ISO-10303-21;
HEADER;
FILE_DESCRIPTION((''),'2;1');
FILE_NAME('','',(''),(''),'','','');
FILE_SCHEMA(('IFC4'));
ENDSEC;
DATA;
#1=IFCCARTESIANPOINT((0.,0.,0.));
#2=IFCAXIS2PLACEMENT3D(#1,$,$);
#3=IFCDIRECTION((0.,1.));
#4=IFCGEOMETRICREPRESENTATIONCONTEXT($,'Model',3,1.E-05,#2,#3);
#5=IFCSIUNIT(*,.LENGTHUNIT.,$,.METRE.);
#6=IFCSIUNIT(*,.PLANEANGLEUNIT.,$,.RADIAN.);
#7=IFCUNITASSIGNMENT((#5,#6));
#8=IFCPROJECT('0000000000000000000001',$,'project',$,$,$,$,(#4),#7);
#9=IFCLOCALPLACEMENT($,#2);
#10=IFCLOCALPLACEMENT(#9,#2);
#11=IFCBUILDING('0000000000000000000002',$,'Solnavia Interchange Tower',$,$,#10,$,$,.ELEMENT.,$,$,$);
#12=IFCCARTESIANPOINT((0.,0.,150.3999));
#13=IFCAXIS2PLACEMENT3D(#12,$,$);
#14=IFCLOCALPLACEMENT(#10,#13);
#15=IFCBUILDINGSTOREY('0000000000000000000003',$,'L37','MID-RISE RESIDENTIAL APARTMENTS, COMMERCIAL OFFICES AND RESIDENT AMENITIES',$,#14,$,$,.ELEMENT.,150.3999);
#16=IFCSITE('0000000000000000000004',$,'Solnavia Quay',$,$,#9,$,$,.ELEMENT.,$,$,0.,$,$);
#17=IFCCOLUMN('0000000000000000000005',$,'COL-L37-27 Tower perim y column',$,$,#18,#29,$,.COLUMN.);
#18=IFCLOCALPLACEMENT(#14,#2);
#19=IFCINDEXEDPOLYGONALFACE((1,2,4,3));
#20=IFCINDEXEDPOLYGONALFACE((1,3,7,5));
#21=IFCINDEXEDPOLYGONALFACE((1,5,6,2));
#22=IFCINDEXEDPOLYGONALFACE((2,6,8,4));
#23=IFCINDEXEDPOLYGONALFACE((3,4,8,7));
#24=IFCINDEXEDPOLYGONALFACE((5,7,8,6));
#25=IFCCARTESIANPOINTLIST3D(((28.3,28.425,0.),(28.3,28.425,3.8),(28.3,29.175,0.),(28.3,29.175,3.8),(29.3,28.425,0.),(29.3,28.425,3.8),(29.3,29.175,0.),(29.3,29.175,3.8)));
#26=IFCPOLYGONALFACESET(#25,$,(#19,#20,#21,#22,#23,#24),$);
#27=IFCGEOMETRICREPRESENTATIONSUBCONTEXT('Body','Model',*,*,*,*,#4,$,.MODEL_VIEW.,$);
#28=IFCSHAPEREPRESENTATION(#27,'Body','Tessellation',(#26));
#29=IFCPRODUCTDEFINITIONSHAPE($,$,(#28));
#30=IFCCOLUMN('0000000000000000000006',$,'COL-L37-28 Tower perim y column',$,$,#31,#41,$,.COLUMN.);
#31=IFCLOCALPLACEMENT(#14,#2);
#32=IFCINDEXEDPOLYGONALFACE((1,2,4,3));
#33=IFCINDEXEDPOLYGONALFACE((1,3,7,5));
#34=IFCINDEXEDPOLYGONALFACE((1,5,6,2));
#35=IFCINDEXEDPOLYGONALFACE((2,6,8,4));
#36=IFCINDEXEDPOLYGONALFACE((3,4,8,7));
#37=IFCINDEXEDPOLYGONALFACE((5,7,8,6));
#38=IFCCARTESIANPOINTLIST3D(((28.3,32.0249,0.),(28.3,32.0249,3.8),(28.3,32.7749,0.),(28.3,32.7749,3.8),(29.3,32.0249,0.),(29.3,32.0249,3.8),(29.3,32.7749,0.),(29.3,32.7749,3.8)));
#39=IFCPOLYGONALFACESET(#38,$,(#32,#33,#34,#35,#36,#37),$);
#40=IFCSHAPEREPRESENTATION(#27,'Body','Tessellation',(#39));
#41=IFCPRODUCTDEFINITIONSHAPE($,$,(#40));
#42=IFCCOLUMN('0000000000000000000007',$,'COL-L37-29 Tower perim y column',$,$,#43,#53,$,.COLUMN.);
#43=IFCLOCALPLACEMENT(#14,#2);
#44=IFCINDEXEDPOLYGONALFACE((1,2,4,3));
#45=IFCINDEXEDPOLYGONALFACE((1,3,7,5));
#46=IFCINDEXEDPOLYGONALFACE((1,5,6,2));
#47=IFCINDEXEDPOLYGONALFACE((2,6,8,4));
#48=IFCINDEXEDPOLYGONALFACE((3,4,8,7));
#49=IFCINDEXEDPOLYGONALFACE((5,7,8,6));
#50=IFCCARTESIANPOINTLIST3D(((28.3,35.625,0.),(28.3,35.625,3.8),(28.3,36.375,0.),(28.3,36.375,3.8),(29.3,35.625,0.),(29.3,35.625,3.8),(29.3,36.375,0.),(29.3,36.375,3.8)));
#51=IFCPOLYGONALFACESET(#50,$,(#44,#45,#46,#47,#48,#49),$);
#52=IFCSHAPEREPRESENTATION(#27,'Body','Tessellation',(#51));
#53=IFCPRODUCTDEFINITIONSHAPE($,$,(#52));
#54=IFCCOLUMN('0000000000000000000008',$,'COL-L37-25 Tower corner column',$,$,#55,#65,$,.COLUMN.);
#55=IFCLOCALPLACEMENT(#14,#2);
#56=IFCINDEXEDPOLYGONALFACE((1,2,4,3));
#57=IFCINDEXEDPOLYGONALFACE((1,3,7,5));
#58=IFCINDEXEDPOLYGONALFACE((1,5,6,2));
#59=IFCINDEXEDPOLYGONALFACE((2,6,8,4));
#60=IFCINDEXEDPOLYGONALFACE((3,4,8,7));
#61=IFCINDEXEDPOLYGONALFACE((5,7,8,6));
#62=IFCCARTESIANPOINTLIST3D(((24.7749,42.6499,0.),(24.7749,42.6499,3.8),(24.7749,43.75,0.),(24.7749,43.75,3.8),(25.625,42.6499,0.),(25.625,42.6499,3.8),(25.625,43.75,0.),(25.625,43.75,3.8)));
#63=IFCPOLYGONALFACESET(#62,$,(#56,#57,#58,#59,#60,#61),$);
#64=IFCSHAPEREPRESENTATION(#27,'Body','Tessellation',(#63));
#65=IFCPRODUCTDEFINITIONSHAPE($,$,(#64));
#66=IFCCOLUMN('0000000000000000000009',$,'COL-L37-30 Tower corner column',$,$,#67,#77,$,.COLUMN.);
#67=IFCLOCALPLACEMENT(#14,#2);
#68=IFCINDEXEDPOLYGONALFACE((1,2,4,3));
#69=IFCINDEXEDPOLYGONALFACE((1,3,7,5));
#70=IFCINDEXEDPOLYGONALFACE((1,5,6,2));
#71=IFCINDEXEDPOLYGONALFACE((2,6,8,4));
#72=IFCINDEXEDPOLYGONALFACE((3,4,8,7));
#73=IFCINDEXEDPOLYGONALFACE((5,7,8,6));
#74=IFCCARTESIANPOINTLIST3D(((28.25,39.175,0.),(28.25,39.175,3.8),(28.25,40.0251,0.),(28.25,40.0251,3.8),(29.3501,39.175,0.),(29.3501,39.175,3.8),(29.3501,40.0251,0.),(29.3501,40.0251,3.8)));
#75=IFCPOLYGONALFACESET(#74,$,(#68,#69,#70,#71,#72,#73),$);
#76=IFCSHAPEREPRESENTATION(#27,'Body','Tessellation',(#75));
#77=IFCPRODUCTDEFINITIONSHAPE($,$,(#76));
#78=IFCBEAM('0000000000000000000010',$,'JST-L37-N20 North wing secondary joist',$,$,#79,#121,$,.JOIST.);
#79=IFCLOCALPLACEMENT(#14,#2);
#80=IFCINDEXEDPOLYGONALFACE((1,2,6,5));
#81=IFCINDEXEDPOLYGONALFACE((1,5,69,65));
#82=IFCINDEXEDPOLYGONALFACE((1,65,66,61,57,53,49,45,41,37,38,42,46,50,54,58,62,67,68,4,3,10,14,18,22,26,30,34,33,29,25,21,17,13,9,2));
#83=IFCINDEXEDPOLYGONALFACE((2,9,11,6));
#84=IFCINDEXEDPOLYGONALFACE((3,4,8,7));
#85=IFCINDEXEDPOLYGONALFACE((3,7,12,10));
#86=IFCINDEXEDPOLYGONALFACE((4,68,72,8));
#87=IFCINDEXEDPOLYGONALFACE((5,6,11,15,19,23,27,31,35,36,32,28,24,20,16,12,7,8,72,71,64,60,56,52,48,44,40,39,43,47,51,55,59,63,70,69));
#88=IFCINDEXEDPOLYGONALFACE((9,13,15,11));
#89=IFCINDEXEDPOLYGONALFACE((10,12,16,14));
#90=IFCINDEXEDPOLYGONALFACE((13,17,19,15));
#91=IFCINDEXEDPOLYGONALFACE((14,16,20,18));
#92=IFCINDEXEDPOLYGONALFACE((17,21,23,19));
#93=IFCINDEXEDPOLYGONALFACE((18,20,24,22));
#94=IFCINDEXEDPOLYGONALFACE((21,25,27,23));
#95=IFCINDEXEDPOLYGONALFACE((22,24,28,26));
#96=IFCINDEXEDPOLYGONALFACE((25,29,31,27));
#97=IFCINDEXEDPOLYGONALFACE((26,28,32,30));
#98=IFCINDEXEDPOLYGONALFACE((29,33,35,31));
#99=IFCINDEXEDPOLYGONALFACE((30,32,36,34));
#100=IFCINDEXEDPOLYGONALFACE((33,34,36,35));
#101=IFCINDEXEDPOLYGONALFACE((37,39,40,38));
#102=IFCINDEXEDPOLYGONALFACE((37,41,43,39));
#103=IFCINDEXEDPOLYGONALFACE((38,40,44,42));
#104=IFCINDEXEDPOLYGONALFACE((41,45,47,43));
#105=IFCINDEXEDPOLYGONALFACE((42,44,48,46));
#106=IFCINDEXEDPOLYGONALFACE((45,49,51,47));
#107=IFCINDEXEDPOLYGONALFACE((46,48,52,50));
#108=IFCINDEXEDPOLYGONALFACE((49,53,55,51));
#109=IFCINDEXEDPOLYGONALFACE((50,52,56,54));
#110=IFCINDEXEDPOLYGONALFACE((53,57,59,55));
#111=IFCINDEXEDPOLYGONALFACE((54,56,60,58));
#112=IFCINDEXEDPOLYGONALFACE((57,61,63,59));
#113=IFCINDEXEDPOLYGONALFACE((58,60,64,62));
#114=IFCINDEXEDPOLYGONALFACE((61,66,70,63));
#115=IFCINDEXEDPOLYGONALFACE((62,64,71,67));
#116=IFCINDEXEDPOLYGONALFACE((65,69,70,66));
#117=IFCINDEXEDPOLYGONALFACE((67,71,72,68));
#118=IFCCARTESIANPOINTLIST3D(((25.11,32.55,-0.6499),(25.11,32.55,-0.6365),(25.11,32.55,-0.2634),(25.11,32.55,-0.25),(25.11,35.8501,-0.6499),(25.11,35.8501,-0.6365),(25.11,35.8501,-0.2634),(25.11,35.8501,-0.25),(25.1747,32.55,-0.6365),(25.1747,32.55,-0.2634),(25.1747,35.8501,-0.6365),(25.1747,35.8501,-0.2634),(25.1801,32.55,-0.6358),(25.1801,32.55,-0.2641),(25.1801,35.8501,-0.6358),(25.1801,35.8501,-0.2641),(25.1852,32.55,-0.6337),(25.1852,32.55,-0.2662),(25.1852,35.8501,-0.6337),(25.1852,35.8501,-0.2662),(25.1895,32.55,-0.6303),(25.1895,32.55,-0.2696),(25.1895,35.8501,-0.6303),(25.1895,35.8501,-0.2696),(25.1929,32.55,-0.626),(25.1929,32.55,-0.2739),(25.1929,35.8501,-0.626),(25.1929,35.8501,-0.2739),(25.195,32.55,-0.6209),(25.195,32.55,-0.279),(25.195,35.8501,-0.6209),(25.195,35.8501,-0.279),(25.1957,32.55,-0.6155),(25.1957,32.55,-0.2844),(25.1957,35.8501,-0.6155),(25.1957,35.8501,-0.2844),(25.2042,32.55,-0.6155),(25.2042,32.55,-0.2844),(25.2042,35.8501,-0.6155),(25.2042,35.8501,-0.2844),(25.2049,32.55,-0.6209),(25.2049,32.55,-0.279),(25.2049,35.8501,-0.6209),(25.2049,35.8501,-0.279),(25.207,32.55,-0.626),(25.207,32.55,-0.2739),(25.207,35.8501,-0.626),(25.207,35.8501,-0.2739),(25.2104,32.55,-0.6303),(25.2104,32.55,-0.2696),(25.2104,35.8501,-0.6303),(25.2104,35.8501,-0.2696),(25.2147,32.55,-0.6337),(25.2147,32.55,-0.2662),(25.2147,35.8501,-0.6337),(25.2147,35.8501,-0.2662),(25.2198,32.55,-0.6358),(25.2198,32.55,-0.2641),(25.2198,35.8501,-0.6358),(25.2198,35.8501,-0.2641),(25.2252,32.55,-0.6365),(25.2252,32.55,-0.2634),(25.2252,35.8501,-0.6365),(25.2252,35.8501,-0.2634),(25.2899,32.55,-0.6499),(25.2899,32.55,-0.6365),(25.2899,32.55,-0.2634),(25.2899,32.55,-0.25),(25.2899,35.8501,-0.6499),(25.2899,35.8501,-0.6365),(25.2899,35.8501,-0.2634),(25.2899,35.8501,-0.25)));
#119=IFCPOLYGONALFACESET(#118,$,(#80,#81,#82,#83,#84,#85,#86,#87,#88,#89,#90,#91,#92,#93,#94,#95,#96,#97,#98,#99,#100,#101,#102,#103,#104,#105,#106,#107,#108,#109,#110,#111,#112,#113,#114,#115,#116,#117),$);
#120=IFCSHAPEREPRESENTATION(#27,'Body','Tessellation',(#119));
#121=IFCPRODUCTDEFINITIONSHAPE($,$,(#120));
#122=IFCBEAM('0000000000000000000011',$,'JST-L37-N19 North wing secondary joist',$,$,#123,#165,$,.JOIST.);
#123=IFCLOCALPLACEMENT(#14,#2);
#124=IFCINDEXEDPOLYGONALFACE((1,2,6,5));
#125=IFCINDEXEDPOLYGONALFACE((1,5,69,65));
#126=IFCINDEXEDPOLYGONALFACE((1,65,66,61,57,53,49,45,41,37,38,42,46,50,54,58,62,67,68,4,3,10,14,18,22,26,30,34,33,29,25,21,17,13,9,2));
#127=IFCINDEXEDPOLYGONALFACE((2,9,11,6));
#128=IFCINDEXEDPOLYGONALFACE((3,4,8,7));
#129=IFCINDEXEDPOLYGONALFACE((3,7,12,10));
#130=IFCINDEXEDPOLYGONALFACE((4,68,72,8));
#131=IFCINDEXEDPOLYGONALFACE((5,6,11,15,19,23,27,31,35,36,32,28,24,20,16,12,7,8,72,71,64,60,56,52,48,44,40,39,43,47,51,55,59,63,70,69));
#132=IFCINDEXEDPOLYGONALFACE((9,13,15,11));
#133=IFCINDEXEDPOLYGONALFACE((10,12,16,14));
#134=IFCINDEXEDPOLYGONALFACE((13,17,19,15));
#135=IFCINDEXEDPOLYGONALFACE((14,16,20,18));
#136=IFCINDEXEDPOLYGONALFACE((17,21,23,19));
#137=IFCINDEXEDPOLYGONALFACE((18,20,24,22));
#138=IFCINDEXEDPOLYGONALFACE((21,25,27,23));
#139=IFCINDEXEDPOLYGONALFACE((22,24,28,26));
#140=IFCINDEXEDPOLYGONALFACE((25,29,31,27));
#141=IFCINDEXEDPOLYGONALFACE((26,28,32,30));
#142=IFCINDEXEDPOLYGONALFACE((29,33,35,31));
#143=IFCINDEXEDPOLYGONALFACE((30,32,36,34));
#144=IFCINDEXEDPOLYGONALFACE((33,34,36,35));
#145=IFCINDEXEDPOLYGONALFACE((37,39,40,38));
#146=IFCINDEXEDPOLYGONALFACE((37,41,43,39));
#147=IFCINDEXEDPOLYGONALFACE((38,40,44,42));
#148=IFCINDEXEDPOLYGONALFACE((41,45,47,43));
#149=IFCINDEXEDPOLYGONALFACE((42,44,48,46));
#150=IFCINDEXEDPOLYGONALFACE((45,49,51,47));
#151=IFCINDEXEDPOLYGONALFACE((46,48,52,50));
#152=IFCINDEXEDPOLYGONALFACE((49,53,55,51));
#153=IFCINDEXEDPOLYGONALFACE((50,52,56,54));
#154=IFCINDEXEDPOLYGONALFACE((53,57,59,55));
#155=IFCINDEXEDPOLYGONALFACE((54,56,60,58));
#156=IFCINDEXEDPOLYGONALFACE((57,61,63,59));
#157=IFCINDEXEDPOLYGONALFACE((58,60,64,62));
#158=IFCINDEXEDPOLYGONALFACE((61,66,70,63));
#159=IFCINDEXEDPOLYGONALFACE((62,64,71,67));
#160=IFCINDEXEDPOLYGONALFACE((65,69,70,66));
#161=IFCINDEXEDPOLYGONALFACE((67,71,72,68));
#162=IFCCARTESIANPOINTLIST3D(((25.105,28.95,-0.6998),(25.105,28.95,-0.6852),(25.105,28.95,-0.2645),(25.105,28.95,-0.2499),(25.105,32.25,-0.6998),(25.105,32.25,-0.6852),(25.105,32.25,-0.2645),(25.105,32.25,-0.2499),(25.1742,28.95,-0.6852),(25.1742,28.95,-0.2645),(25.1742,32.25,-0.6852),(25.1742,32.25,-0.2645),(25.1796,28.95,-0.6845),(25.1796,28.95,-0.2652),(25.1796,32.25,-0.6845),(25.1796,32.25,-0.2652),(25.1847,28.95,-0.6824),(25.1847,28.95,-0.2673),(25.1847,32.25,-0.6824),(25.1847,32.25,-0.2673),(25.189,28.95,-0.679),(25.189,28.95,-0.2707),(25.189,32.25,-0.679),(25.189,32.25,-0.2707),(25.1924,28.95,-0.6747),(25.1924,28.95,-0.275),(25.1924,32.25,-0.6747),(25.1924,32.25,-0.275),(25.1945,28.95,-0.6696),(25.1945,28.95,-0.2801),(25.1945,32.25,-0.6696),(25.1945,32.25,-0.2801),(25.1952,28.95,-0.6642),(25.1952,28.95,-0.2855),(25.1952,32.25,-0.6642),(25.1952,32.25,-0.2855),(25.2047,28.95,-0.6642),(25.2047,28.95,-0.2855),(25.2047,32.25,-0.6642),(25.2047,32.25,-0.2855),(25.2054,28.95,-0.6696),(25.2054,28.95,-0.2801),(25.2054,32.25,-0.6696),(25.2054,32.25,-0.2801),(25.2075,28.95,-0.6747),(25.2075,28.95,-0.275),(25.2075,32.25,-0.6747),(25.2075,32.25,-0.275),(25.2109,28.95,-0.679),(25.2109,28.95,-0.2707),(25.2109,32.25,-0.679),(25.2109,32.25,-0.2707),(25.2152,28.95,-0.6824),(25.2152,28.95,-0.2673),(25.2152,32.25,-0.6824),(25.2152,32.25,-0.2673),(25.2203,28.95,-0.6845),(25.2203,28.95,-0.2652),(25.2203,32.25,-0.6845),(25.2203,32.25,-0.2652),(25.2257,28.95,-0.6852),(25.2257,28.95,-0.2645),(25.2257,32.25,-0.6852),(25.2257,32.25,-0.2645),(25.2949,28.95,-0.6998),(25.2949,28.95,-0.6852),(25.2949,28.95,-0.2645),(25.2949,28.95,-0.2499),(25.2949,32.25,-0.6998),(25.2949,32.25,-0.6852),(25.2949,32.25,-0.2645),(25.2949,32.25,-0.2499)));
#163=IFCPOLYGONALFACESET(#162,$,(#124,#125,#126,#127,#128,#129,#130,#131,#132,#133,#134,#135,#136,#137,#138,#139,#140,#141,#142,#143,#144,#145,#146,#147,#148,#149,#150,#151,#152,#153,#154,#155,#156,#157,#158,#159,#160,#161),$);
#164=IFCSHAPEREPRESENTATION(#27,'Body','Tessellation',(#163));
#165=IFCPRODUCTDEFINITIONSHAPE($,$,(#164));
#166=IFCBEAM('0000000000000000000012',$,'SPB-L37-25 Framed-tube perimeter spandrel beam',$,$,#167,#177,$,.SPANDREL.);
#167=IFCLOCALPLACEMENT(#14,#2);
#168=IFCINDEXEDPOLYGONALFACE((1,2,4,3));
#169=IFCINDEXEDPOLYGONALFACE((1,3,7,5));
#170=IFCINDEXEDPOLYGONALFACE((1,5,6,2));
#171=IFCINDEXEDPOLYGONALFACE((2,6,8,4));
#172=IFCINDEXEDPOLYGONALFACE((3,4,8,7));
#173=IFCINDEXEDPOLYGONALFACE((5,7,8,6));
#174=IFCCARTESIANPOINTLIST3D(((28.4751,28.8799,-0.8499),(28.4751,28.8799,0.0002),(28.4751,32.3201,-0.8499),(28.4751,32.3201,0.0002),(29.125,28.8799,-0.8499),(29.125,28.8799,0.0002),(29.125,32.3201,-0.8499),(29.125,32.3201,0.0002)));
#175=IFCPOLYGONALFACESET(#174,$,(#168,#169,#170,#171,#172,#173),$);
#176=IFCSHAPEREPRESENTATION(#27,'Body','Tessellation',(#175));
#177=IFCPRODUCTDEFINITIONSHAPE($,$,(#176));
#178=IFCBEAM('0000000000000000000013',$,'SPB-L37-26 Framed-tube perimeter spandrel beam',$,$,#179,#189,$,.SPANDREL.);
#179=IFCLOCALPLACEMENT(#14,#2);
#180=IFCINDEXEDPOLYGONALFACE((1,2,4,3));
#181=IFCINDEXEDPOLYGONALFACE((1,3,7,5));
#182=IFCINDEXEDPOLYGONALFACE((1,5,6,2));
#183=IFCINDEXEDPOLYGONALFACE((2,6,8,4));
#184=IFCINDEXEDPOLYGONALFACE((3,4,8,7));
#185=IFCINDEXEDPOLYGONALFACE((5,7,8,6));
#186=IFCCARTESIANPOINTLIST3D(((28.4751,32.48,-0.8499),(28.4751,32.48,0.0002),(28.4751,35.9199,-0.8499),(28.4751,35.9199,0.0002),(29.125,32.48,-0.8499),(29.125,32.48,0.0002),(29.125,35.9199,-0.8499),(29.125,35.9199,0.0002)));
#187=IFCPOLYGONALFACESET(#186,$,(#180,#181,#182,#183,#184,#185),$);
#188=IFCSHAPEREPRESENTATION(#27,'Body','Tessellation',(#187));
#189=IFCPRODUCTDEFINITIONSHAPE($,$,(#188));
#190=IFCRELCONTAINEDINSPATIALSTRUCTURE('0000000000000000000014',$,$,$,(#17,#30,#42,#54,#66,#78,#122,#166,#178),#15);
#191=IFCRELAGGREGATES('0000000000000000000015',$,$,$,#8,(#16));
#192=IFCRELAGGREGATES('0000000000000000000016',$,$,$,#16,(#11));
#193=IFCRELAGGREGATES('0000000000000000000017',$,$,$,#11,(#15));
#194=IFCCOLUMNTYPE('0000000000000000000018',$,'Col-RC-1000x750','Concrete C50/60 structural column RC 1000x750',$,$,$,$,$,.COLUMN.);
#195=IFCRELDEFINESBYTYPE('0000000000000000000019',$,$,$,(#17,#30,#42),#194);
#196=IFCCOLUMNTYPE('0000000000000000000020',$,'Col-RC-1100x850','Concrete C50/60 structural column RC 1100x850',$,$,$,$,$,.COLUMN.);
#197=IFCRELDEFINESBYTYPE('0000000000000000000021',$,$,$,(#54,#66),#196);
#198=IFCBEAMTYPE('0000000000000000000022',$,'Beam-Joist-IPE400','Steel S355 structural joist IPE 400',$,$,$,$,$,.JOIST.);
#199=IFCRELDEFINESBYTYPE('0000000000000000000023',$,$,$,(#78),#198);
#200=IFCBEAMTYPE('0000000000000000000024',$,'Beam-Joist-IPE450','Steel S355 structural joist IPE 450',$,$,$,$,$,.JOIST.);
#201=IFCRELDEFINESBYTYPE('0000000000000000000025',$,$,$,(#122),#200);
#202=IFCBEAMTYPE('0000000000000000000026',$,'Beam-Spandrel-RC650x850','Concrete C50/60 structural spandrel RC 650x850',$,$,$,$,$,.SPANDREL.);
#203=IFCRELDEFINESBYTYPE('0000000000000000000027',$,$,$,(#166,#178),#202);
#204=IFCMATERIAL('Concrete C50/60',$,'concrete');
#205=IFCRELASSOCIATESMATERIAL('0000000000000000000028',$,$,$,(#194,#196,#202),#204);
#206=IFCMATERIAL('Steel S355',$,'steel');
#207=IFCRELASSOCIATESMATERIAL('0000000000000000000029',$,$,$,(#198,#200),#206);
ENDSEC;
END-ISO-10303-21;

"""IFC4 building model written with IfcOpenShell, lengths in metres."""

from ifc_helpers import new_model, si_unit, direction, frame, origin, origin_2d, place, context, subcontext, project, spatial, rectangle, i_section, extrude, material, material_profile, profile_set, type_object, element, save


model = new_model("IFC4")

# Units and contexts
model_context = context("Model", 3, precision=1e-05, world=origin(), true_north=direction((0.0, 1.0)))
body_context = subcontext(model_context, "Body", "Model", "MODEL_VIEW")
ifc_project = project(units=[si_unit("LENGTHUNIT", "METRE"), si_unit("PLANEANGLEUNIT", "RADIAN")], contexts=[model_context])

# Site, building, storey
site_placement = place(None, origin())
site = spatial("IfcSite", under=ifc_project, at=site_placement, Name="Solnavia Quay", CompositionType="ELEMENT", RefElevation=0.0)
building_placement = place(site_placement, origin())
building = spatial("IfcBuilding", under=site, at=building_placement, Name="Solnavia Interchange Tower", CompositionType="ELEMENT")
storey_placement = place(building_placement, frame((0.0, 0.0, 150.3999)))
storey = spatial("IfcBuildingStorey", under=building, at=storey_placement, Name="L37", Description="MID-RISE RESIDENTIAL APARTMENTS, COMMERCIAL OFFICES AND RESIDENT AMENITIES", CompositionType="ELEMENT", Elevation=150.3999)

# Columns
ifc_material_1 = material(Name="Concrete C50/60", Category="concrete")
ifc_material_profile_1 = material_profile(ifc_material_1, rectangle(XDim=0.75, YDim=1.0, at=origin_2d()), Name="RC 1000x750")
ifc_profile_set_1 = profile_set([ifc_material_profile_1], Name="Concrete C50/60")
column_type_1 = type_object("IfcColumnType", Name="Col-RC-1000x750", Description="Concrete C50/60 structural column RC 1000x750", PredefinedType="COLUMN", material=ifc_profile_set_1)
for number, where, z_axis, x_axis, name in (
    (1, (28.8, 28.8, 0.0), (0.0, 0.0, 1.0), (0.0, 1.0, 0.0), "COL-L37-27 Tower perim y column"),
    (2, (28.8, 32.3999, 0.0), (0.0, 0.0, 1.0), (0.0, 1.0, 0.0), "COL-L37-28 Tower perim y column"),
    (3, (28.8, 36.0, 0.0), (0.0, 0.0, 1.0), (0.0, 1.0, 0.0), "COL-L37-29 Tower perim y column"),
):
    element("IfcColumn", number, at=place(storey_placement, frame(where, z_axis=z_axis, x_axis=x_axis)), inside=storey, type_object=column_type_1, Name=name, PredefinedType="COLUMN", context=body_context, shape_type="SweptSolid", body=[
        extrude(rectangle(XDim=0.75, YDim=1.0, at=origin_2d()), origin(), (0.0, 0.0, 1.0), 3.8),
    ])
ifc_material_profile_2 = material_profile(ifc_material_1, rectangle(XDim=0.8501, YDim=1.1001, at=origin_2d()), Name="RC 1100x850")
ifc_profile_set_2 = profile_set([ifc_material_profile_2], Name="Concrete C50/60")
column_type_2 = type_object("IfcColumnType", Name="Col-RC-1100x850", Description="Concrete C50/60 structural column RC 1100x850", PredefinedType="COLUMN", material=ifc_profile_set_2)
for number, where, z_axis, x_axis, name in (
    (4, (25.2, 43.2, 0.0), (0.0, 0.0, 1.0), (1.0, 0.0, 0.0), "COL-L37-25 Tower corner column"),
    (5, (28.8, 39.6001, 0.0), (0.0, 0.0, 1.0), (0.0, 1.0, 0.0), "COL-L37-30 Tower corner column"),
):
    element("IfcColumn", number, at=place(storey_placement, frame(where, z_axis=z_axis, x_axis=x_axis)), inside=storey, type_object=column_type_2, Name=name, PredefinedType="COLUMN", context=body_context, shape_type="SweptSolid", body=[
        extrude(rectangle(XDim=0.8501, YDim=1.1001, at=origin_2d()), origin(), (0.0, 0.0, 1.0), 3.8),
    ])

# Beams
ifc_material_2 = material(Name="Steel S355", Category="steel")
ifc_material_profile_3 = material_profile(ifc_material_2, i_section(OverallWidth=0.1799, OverallDepth=0.3999, WebThickness=0.0085, FlangeThickness=0.0134, FilletRadius=0.021, at=origin_2d()), Name="IPE 400")
ifc_profile_set_3 = profile_set([ifc_material_profile_3], Name="Steel S355")
beam_type_1 = type_object("IfcBeamType", Name="Beam-Joist-IPE400", Description="Steel S355 structural joist IPE 400", PredefinedType="JOIST", material=ifc_profile_set_3)
beam_1_placement = place(storey_placement, frame((25.2, 32.55, -0.45), z_axis=(0.0, 1.0, 0.0), x_axis=(-1.0, 0.0, 0.0)))
element("IfcBeam", 6, at=beam_1_placement, inside=storey, type_object=beam_type_1, Name="JST-L37-N20 North wing secondary joist", PredefinedType="JOIST", context=body_context, shape_type="SweptSolid", body=[
    extrude(i_section(OverallWidth=0.1799, OverallDepth=0.3999, WebThickness=0.0085, FlangeThickness=0.0134, FilletRadius=0.021, at=origin_2d()), origin(), (0.0, 0.0, 1.0), 3.3),
])
ifc_material_profile_4 = material_profile(ifc_material_2, i_section(OverallWidth=0.1899, OverallDepth=0.45, WebThickness=0.0095, FlangeThickness=0.0146, FilletRadius=0.021, at=origin_2d()), Name="IPE 450")
ifc_profile_set_4 = profile_set([ifc_material_profile_4], Name="Steel S355")
beam_type_2 = type_object("IfcBeamType", Name="Beam-Joist-IPE450", Description="Steel S355 structural joist IPE 450", PredefinedType="JOIST", material=ifc_profile_set_4)
beam_2_placement = place(storey_placement, frame((25.2, 28.95, -0.4749), z_axis=(0.0, 1.0, 0.0), x_axis=(-1.0, 0.0, 0.0)))
element("IfcBeam", 7, at=beam_2_placement, inside=storey, type_object=beam_type_2, Name="JST-L37-N19 North wing secondary joist", PredefinedType="JOIST", context=body_context, shape_type="SweptSolid", body=[
    extrude(i_section(OverallWidth=0.1899, OverallDepth=0.45, WebThickness=0.0095, FlangeThickness=0.0146, FilletRadius=0.021, at=origin_2d()), origin(), (0.0, 0.0, 1.0), 3.3),
])
ifc_material_profile_5 = material_profile(ifc_material_1, rectangle(XDim=0.6499, YDim=0.8501, at=origin_2d()), Name="RC 650x850")
ifc_profile_set_5 = profile_set([ifc_material_profile_5], Name="Concrete C50/60")
beam_type_3 = type_object("IfcBeamType", Name="Beam-Spandrel-RC650x850", Description="Concrete C50/60 structural spandrel RC 650x850", PredefinedType="SPANDREL", material=ifc_profile_set_5)
beam_3_placement = place(storey_placement, frame((28.8, 28.8799, -0.4248), z_axis=(0.0, 1.0, 0.0), x_axis=(-1.0, 0.0, 0.0)))
element("IfcBeam", 8, at=beam_3_placement, inside=storey, type_object=beam_type_3, Name="SPB-L37-25 Framed-tube perimeter spandrel beam", PredefinedType="SPANDREL", context=body_context, shape_type="SweptSolid", body=[
    extrude(rectangle(XDim=0.6499, YDim=0.8501, at=origin_2d()), origin(), (0.0, 0.0, 1.0), 3.4402),
])
for number, where, z_axis, x_axis, name in (
    (9, (28.8, 32.48, -0.4248), (0.0, 1.0, 0.0), (-1.0, 0.0, 0.0), "SPB-L37-26 Framed-tube perimeter spandrel beam"),
):
    element("IfcBeam", number, at=place(storey_placement, frame(where, z_axis=z_axis, x_axis=x_axis)), inside=storey, type_object=beam_type_3, Name=name, PredefinedType="SPANDREL", context=body_context, shape_type="SweptSolid", body=[
        extrude(rectangle(XDim=0.6499, YDim=0.8501, at=origin_2d()), origin(), (0.0, 0.0, 1.0), 3.4399),
    ])

save(model, "model.ifc")
